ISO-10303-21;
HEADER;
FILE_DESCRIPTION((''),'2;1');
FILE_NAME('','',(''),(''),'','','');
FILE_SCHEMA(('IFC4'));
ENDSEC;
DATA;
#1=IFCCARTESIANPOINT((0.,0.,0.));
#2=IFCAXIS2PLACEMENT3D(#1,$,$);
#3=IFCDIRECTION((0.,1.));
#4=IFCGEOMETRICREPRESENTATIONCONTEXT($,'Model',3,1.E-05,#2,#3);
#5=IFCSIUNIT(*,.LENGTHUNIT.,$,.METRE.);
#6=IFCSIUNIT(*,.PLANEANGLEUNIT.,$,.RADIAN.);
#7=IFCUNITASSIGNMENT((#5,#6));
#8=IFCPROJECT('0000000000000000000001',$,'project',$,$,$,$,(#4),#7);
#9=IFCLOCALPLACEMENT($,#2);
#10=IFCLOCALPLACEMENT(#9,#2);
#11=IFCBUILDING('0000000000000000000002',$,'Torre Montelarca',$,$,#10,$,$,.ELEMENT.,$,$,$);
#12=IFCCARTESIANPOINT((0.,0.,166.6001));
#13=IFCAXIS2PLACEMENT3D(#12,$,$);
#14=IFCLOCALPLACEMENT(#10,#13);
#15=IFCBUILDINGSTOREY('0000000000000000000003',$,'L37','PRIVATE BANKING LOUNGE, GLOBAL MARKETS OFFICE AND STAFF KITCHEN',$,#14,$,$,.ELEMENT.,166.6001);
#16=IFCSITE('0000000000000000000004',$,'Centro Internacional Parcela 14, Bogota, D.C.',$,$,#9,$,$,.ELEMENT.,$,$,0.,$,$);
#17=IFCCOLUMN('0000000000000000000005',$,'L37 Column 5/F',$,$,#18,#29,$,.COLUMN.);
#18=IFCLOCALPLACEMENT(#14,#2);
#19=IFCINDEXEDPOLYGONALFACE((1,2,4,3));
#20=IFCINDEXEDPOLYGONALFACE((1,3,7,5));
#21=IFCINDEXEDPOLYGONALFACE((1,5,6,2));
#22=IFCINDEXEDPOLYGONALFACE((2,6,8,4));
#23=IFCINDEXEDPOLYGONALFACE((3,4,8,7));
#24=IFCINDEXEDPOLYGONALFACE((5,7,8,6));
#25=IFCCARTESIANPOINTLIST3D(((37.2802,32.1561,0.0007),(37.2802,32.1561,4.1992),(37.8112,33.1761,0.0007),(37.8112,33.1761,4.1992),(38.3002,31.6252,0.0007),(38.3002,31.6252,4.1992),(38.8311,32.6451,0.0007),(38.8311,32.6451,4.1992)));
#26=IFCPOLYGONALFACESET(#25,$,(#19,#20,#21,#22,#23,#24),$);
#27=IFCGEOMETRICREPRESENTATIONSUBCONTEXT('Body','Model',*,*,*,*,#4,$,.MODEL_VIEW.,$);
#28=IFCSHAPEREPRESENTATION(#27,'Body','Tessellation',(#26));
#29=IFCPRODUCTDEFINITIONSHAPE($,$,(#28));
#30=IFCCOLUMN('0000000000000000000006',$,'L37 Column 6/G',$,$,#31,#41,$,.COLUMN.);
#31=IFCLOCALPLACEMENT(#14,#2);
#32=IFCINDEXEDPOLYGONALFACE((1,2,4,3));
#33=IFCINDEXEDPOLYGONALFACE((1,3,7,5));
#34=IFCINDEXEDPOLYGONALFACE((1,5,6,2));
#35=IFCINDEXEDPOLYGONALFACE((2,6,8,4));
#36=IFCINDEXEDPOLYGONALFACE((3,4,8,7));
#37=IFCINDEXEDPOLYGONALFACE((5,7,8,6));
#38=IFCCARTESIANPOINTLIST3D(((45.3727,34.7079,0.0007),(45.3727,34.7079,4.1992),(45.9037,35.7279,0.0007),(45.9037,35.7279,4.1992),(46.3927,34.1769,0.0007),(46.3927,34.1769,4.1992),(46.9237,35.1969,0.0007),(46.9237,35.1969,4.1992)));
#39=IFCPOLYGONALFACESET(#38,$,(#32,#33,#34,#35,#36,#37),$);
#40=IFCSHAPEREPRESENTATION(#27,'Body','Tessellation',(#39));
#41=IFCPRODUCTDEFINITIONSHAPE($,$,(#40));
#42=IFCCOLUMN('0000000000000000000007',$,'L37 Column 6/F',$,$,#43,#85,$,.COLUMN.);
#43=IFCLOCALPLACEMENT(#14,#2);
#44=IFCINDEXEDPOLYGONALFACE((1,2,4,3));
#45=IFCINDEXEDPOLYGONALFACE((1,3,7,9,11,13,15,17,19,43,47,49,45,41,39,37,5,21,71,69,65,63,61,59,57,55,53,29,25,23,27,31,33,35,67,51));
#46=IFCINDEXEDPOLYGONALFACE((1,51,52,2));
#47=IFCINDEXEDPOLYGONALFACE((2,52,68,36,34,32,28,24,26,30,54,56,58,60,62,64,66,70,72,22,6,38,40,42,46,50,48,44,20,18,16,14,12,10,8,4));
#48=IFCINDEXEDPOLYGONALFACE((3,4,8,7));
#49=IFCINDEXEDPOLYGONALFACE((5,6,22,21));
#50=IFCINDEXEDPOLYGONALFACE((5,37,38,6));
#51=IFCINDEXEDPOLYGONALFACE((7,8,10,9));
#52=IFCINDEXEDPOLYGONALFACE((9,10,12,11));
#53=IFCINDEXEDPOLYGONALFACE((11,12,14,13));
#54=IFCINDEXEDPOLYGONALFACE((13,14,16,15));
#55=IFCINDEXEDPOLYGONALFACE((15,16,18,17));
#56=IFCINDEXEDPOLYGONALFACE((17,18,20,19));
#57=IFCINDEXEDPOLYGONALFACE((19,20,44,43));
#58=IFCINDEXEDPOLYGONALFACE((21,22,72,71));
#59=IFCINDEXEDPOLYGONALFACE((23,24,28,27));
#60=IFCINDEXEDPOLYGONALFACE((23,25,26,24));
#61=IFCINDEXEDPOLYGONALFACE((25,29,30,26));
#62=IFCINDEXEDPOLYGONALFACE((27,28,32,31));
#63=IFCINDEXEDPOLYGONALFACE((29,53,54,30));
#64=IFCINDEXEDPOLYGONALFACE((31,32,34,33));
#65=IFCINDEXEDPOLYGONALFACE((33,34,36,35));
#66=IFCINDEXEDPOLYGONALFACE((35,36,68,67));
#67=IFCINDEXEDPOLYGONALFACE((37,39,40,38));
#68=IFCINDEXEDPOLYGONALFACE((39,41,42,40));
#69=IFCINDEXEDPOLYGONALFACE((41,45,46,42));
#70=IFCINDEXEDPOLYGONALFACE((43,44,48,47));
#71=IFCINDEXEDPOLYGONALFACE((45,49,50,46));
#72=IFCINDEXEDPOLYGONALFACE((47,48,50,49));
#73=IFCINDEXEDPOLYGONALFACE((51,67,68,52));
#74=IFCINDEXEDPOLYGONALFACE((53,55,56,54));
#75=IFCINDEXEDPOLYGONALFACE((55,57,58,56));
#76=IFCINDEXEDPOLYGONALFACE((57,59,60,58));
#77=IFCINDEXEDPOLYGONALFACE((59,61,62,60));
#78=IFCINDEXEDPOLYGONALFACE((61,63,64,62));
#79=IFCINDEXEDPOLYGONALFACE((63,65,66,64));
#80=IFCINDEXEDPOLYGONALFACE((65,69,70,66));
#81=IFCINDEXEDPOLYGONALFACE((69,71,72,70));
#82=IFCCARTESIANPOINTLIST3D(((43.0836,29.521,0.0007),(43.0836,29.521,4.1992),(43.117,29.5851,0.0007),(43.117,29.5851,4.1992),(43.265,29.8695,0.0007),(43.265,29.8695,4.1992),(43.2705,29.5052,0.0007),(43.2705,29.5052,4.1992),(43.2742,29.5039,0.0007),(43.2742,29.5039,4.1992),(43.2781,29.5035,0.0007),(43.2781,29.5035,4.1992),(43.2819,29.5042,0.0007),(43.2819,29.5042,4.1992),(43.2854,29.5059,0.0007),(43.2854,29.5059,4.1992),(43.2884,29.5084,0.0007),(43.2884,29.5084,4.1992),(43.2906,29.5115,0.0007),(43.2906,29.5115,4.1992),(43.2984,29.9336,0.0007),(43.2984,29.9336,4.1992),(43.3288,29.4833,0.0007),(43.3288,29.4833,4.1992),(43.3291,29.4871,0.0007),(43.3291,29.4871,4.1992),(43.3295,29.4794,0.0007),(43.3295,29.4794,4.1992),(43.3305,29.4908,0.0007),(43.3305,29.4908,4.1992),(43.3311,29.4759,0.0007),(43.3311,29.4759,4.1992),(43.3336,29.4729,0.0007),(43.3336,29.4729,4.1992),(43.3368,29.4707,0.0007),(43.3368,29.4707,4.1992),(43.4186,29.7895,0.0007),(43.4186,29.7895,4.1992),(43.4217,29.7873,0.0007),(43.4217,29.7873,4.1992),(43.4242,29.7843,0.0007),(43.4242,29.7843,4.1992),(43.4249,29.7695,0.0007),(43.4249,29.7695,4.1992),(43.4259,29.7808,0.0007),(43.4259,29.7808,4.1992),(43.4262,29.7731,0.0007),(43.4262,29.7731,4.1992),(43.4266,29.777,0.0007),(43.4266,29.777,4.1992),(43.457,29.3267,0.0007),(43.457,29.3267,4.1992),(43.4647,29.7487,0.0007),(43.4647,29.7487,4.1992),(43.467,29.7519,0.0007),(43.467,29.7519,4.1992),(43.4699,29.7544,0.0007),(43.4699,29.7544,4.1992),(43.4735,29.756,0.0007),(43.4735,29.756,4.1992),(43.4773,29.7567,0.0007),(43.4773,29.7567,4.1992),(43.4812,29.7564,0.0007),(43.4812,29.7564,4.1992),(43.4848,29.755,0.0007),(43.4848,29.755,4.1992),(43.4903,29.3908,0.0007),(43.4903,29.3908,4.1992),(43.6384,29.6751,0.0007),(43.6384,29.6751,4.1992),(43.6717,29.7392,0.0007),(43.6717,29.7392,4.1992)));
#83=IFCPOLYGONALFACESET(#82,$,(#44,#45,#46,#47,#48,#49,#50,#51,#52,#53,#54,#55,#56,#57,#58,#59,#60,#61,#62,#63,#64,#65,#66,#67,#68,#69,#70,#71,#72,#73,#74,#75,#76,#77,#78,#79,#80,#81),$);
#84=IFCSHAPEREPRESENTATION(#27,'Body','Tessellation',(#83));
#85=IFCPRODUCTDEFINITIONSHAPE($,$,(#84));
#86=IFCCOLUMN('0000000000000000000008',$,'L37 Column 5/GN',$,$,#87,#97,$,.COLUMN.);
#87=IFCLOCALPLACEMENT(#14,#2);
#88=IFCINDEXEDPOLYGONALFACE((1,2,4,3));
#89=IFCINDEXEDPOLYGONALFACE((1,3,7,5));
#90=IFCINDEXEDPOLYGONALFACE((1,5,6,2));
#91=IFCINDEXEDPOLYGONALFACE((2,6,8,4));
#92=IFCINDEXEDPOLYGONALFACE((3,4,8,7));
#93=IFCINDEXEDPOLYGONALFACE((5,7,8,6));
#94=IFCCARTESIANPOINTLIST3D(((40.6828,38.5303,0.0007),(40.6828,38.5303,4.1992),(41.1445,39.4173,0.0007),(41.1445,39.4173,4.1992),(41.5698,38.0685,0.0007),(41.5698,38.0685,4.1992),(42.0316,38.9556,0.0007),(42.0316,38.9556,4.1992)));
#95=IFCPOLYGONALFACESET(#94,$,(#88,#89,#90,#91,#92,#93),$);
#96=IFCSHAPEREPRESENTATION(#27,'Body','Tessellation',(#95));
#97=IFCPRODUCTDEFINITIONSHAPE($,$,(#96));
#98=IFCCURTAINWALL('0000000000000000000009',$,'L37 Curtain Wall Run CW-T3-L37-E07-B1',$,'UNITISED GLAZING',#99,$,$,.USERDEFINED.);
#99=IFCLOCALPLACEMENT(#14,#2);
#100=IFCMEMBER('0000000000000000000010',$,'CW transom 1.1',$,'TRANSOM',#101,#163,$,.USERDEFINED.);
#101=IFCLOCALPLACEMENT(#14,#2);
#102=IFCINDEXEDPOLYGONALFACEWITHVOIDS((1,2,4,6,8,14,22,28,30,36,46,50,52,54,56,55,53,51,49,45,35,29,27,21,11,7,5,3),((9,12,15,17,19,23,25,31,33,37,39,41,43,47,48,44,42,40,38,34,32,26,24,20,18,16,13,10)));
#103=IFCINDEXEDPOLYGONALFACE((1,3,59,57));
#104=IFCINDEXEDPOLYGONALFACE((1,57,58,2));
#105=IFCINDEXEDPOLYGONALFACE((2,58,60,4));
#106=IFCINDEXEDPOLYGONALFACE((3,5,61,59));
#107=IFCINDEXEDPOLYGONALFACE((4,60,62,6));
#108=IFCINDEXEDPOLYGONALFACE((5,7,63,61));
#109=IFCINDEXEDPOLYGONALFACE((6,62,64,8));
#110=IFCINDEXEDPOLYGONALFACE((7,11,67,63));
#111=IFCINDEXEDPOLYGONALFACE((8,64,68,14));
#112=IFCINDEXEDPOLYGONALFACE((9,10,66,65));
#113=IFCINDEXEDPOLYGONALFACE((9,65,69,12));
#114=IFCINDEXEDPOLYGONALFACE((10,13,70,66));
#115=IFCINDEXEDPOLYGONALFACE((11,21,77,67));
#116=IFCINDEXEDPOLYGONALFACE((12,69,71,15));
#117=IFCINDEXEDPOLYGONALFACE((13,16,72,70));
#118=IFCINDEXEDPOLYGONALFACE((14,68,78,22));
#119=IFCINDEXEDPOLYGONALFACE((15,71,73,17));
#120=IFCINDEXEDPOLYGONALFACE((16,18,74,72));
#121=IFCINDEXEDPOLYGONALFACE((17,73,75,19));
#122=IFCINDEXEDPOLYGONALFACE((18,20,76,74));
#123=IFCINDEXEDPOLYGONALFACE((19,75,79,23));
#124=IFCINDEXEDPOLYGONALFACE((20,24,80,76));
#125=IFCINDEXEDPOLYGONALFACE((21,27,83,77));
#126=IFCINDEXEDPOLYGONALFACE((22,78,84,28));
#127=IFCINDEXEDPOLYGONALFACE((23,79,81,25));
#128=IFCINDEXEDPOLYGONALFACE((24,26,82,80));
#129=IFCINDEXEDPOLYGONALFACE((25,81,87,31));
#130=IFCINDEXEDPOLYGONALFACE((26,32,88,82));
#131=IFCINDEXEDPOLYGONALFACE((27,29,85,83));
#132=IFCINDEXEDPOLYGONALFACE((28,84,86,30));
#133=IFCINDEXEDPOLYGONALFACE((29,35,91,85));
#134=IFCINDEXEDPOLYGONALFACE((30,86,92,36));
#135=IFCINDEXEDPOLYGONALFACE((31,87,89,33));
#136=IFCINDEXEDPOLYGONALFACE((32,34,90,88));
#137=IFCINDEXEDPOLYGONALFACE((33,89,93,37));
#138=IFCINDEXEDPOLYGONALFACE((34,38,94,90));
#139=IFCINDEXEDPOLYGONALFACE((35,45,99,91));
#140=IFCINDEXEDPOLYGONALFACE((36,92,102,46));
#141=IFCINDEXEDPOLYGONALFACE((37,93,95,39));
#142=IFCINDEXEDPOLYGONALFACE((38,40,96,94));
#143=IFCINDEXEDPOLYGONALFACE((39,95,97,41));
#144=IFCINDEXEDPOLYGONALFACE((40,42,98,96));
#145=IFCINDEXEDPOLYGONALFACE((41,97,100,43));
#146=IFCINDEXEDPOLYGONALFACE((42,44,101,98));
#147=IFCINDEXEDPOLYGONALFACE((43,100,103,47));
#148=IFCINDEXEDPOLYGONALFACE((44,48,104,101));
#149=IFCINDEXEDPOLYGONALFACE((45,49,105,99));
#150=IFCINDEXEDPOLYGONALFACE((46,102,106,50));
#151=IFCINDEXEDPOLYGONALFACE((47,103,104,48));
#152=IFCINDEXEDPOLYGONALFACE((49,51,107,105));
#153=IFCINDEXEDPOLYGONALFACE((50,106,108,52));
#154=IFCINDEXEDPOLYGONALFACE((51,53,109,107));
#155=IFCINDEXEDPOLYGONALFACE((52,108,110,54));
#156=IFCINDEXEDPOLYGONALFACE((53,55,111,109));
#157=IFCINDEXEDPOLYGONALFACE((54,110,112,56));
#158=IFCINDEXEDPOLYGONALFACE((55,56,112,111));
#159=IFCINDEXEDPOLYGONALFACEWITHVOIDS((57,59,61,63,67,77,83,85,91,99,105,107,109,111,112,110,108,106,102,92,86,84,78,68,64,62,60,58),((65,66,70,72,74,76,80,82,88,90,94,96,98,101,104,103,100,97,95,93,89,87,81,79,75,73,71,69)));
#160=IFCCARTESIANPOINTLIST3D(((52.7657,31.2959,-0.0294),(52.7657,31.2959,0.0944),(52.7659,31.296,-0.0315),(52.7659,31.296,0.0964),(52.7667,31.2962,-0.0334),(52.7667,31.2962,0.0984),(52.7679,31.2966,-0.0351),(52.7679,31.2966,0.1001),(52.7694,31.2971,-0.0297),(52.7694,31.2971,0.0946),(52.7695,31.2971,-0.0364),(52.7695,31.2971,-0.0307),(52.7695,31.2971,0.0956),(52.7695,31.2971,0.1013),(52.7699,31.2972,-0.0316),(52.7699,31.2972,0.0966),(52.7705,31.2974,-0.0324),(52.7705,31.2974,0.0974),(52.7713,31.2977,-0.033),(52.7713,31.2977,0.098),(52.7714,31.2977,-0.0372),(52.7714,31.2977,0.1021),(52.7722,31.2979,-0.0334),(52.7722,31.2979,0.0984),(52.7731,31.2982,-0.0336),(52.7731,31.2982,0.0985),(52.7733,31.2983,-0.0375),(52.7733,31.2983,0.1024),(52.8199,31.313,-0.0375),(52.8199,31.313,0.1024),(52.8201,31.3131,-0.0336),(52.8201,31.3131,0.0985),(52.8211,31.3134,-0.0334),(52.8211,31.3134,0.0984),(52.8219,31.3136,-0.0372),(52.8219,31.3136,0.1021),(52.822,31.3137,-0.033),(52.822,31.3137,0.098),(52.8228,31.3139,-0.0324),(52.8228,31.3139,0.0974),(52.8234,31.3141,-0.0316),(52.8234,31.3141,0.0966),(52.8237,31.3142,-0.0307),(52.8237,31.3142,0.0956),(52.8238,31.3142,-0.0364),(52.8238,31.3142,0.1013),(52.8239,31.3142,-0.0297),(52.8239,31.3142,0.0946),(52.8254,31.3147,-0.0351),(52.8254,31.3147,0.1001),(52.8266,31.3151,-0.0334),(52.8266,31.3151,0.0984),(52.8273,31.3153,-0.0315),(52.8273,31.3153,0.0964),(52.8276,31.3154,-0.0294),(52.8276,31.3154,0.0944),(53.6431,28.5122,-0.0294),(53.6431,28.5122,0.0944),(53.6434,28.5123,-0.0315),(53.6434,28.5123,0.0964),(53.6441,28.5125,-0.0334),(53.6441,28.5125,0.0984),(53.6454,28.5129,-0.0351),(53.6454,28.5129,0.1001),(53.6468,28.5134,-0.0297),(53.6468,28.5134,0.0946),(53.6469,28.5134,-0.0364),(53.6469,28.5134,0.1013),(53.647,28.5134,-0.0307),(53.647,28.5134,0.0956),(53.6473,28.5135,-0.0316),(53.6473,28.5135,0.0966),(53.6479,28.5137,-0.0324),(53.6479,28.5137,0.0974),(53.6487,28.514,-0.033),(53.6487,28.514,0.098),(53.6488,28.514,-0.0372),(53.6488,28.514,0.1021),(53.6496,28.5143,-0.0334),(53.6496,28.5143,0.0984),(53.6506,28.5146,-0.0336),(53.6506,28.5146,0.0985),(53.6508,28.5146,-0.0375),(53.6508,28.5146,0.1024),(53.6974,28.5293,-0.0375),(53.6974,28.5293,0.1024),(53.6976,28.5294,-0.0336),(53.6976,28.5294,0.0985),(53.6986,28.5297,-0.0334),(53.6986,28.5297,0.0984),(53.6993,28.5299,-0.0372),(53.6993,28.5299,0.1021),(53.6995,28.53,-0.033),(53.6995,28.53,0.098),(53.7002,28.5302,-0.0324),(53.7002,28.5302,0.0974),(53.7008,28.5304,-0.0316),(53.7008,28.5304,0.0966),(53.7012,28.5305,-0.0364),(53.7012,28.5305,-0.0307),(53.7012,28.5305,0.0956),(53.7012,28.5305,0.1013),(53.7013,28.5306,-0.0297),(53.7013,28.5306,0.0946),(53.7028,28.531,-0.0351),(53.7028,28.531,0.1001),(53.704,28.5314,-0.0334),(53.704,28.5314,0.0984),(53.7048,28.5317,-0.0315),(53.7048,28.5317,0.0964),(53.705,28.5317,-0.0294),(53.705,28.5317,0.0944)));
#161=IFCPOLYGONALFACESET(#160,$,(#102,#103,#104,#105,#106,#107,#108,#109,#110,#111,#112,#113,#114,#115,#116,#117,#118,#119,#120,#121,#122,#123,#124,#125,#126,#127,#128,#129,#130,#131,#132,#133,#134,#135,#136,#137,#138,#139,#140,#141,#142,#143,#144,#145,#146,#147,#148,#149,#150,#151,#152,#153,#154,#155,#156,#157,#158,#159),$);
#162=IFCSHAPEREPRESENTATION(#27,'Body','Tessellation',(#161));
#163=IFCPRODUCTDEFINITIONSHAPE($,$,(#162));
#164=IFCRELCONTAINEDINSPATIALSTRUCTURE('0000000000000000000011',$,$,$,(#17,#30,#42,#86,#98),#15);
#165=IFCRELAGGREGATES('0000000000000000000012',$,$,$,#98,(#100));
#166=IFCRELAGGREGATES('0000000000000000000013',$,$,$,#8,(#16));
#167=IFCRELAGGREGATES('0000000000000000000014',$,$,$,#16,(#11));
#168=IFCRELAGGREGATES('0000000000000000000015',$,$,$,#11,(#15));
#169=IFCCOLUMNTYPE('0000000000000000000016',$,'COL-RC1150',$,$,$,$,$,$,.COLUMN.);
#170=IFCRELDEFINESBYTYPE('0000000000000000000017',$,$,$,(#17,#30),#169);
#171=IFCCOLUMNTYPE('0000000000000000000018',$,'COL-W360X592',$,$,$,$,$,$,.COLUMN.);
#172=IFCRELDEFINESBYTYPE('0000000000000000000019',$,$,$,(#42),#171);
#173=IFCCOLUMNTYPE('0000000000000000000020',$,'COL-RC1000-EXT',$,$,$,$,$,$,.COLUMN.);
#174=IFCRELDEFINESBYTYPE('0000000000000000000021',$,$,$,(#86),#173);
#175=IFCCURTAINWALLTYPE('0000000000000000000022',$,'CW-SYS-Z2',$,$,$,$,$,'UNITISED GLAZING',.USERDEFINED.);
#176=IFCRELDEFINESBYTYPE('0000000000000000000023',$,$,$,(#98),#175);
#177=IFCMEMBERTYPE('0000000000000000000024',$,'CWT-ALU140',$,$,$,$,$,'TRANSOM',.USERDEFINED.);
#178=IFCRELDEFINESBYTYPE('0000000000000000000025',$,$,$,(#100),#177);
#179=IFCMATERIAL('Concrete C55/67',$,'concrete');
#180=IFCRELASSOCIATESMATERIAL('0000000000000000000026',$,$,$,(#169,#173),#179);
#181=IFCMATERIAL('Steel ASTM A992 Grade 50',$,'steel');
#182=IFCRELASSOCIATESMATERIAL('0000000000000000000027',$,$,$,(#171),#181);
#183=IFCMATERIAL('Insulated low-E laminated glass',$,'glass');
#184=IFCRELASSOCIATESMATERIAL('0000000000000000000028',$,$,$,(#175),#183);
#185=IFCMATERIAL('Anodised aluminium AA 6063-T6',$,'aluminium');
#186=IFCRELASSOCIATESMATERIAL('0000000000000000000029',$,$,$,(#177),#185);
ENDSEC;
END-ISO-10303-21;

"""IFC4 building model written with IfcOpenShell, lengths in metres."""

from ifc_helpers import new_model, si_unit, direction, frame, origin, origin_2d, place, context, subcontext, project, spatial, rectangle, hollow_rectangle, i_section, extrude, source, transform, mapped, material, material_profile, profile_set, type_object, element, aggregate, save


model = new_model("IFC4")

# Units and contexts
model_context = context("Model", 3, precision=1e-05, world=origin(), true_north=direction((0.0, 1.0)))
body_context = subcontext(model_context, "Body", "Model", "MODEL_VIEW")
ifc_project = project(units=[si_unit("LENGTHUNIT", "METRE"), si_unit("PLANEANGLEUNIT", "RADIAN")], contexts=[model_context])

# Site, building, storey
site_placement = place(None, origin())
site = spatial("IfcSite", under=ifc_project, at=site_placement, Name="Centro Internacional Parcela 14, Bogota, D.C.", CompositionType="ELEMENT", RefElevation=0.0)
building_placement = place(site_placement, origin())
building = spatial("IfcBuilding", under=site, at=building_placement, Name="Torre Montelarca", CompositionType="ELEMENT")
storey_placement = place(building_placement, frame((0.0, 0.0, 166.6001)))
storey = spatial("IfcBuildingStorey", under=building, at=storey_placement, Name="L37", Description="PRIVATE BANKING LOUNGE, GLOBAL MARKETS OFFICE AND STAFF KITCHEN", CompositionType="ELEMENT", Elevation=166.6001)

# Columns
ifc_material_1 = material(Name="Concrete C55/67", Category="concrete")
ifc_material_profile_1 = material_profile(ifc_material_1, rectangle(XDim=1.1499, YDim=1.1499, at=origin_2d()), Name="RC1150X1150", Category="concrete")
ifc_profile_set_1 = profile_set([ifc_material_profile_1], Name="Concrete C55/67")
column_type_1 = type_object("IfcColumnType", Name="COL-RC1150", PredefinedType="COLUMN", material=ifc_profile_set_1)
shared_shape_1 = source(origin(), body_context, "Body", "SweptSolid", [
    extrude(rectangle(XDim=1.1499, YDim=1.1499, at=origin_2d()), origin(), (0.0, 0.0, 1.0), 4.1985),
])
for number, where, z_axis, x_axis, name in (
    (1, (38.0557, 32.4006, 0.0007), (0.0, 0.0, 1.0), (-0.887011, 0.461749, 0.0), "L37 Column 5/F"),
    (2, (46.1482, 34.9524, 0.0007), (0.0, 0.0, 1.0), (-0.887011, 0.461749, 0.0), "L37 Column 6/G"),
):
    element("IfcColumn", number, at=place(storey_placement, frame(where, z_axis=z_axis, x_axis=x_axis)), inside=storey, type_object=column_type_1, Name=name, PredefinedType="COLUMN", context=body_context, shape_type="MappedRepresentation", body=[
        mapped(shared_shape_1, transform((0.0, 0.0, 0.0), scale=1.0)),
    ])
ifc_material_2 = material(Name="Steel ASTM A992 Grade 50", Category="steel")
ifc_material_profile_2 = material_profile(ifc_material_2, i_section(OverallWidth=0.4209, OverallDepth=0.4651, WebThickness=0.0449, FlangeThickness=0.0723, FilletRadius=0.0149, at=origin_2d()), Name="W360X592", Category="steel")
ifc_profile_set_2 = profile_set([ifc_material_profile_2], Name="Steel ASTM A992 Grade 50")
column_type_2 = type_object("IfcColumnType", Name="COL-W360X592", PredefinedType="COLUMN", material=ifc_profile_set_2)
shared_shape_2 = source(origin(), body_context, "Body", "SweptSolid", [
    extrude(i_section(OverallWidth=0.4209, OverallDepth=0.4651, WebThickness=0.0449, FlangeThickness=0.0723, FilletRadius=0.0149, at=origin_2d()), origin(), (0.0, 0.0, 1.0), 4.1985),
])
column_1_placement = place(storey_placement, frame((43.3777, 29.6301, 0.0007), z_axis=(0.0, 0.0, 1.0), x_axis=(-0.887011, 0.461749, 0.0)))
element("IfcColumn", 3, at=column_1_placement, inside=storey, type_object=column_type_2, Name="L37 Column 6/F", PredefinedType="COLUMN", context=body_context, shape_type="MappedRepresentation", body=[
    mapped(shared_shape_2, transform((0.0, 0.0, 0.0), scale=1.0)),
])
ifc_material_profile_3 = material_profile(ifc_material_1, rectangle(XDim=1.0, YDim=1.0, at=origin_2d()), Name="RC1000X1000", Category="concrete")
ifc_profile_set_3 = profile_set([ifc_material_profile_3], Name="Concrete C55/67")
column_type_3 = type_object("IfcColumnType", Name="COL-RC1000-EXT", PredefinedType="COLUMN", material=ifc_profile_set_3)
shared_shape_3 = source(origin(), body_context, "Body", "SweptSolid", [
    extrude(rectangle(XDim=1.0, YDim=1.0, at=origin_2d()), origin(), (0.0, 0.0, 1.0), 4.1985),
])
column_2_placement = place(storey_placement, frame((41.3572, 38.7429, 0.0007), z_axis=(0.0, 0.0, 1.0), x_axis=(-0.887011, 0.461749, 0.0)))
element("IfcColumn", 4, at=column_2_placement, inside=storey, type_object=column_type_3, Name="L37 Column 5/GN", PredefinedType="COLUMN", context=body_context, shape_type="MappedRepresentation", body=[
    mapped(shared_shape_3, transform((0.0, 0.0, 0.0), scale=1.0)),
])

# Curtain wall, member
ifc_material_3 = material(Name="Insulated low-E laminated glass", Category="glass")
curtain_wall_type = type_object("IfcCurtainWallType", Name="CW-SYS-Z2", ElementType="UNITISED GLAZING", PredefinedType="USERDEFINED", material=ifc_material_3)
curtain_wall_1_placement = place(storey_placement, origin())
curtain_wall_1 = element("IfcCurtainWall", 5, at=curtain_wall_1_placement, inside=storey, type_object=curtain_wall_type, Name="L37 Curtain Wall Run CW-T3-L37-E07-B1", ObjectType="UNITISED GLAZING", PredefinedType="USERDEFINED")
ifc_material_4 = material(Name="Anodised aluminium AA 6063-T6", Category="aluminium")
ifc_material_profile_4 = material_profile(ifc_material_4, hollow_rectangle(XDim=0.0649, YDim=0.1399, WallThickness=0.0039, InnerFilletRadius=0.0039, OuterFilletRadius=0.0081, at=origin_2d()), Name="ALU65X140X4", Category="aluminium")
ifc_profile_set_4 = profile_set([ifc_material_profile_4], Name="Anodised aluminium AA 6063-T6")
member_type_1 = type_object("IfcMemberType", Name="CWT-ALU140", ElementType="TRANSOM", PredefinedType="USERDEFINED", material=ifc_profile_set_4)
shared_shape_4 = source(origin(), body_context, "Body", "SweptSolid", [
    extrude(hollow_rectangle(XDim=0.0649, YDim=0.1399, WallThickness=0.0039, InnerFilletRadius=0.0039, OuterFilletRadius=0.0081, at=origin_2d()), origin(), (0.0, 0.0, 1.0), 2.9187),
])
member_1_placement = place(storey_placement, frame((53.6741, 28.522, 0.0325), z_axis=(-0.300627, 0.953742, 0.0), x_axis=(-0.953742, -0.300627, 0.0)))
member_1 = element("IfcMember", 6, at=member_1_placement, type_object=member_type_1, Name="CW transom 1.1", ObjectType="TRANSOM", PredefinedType="USERDEFINED", context=body_context, shape_type="MappedRepresentation", body=[
    mapped(shared_shape_4, transform((0.0, 0.0, 0.0), scale=1.0)),
])

aggregate(curtain_wall_1, [member_1])

save(model, "model.ifc")
